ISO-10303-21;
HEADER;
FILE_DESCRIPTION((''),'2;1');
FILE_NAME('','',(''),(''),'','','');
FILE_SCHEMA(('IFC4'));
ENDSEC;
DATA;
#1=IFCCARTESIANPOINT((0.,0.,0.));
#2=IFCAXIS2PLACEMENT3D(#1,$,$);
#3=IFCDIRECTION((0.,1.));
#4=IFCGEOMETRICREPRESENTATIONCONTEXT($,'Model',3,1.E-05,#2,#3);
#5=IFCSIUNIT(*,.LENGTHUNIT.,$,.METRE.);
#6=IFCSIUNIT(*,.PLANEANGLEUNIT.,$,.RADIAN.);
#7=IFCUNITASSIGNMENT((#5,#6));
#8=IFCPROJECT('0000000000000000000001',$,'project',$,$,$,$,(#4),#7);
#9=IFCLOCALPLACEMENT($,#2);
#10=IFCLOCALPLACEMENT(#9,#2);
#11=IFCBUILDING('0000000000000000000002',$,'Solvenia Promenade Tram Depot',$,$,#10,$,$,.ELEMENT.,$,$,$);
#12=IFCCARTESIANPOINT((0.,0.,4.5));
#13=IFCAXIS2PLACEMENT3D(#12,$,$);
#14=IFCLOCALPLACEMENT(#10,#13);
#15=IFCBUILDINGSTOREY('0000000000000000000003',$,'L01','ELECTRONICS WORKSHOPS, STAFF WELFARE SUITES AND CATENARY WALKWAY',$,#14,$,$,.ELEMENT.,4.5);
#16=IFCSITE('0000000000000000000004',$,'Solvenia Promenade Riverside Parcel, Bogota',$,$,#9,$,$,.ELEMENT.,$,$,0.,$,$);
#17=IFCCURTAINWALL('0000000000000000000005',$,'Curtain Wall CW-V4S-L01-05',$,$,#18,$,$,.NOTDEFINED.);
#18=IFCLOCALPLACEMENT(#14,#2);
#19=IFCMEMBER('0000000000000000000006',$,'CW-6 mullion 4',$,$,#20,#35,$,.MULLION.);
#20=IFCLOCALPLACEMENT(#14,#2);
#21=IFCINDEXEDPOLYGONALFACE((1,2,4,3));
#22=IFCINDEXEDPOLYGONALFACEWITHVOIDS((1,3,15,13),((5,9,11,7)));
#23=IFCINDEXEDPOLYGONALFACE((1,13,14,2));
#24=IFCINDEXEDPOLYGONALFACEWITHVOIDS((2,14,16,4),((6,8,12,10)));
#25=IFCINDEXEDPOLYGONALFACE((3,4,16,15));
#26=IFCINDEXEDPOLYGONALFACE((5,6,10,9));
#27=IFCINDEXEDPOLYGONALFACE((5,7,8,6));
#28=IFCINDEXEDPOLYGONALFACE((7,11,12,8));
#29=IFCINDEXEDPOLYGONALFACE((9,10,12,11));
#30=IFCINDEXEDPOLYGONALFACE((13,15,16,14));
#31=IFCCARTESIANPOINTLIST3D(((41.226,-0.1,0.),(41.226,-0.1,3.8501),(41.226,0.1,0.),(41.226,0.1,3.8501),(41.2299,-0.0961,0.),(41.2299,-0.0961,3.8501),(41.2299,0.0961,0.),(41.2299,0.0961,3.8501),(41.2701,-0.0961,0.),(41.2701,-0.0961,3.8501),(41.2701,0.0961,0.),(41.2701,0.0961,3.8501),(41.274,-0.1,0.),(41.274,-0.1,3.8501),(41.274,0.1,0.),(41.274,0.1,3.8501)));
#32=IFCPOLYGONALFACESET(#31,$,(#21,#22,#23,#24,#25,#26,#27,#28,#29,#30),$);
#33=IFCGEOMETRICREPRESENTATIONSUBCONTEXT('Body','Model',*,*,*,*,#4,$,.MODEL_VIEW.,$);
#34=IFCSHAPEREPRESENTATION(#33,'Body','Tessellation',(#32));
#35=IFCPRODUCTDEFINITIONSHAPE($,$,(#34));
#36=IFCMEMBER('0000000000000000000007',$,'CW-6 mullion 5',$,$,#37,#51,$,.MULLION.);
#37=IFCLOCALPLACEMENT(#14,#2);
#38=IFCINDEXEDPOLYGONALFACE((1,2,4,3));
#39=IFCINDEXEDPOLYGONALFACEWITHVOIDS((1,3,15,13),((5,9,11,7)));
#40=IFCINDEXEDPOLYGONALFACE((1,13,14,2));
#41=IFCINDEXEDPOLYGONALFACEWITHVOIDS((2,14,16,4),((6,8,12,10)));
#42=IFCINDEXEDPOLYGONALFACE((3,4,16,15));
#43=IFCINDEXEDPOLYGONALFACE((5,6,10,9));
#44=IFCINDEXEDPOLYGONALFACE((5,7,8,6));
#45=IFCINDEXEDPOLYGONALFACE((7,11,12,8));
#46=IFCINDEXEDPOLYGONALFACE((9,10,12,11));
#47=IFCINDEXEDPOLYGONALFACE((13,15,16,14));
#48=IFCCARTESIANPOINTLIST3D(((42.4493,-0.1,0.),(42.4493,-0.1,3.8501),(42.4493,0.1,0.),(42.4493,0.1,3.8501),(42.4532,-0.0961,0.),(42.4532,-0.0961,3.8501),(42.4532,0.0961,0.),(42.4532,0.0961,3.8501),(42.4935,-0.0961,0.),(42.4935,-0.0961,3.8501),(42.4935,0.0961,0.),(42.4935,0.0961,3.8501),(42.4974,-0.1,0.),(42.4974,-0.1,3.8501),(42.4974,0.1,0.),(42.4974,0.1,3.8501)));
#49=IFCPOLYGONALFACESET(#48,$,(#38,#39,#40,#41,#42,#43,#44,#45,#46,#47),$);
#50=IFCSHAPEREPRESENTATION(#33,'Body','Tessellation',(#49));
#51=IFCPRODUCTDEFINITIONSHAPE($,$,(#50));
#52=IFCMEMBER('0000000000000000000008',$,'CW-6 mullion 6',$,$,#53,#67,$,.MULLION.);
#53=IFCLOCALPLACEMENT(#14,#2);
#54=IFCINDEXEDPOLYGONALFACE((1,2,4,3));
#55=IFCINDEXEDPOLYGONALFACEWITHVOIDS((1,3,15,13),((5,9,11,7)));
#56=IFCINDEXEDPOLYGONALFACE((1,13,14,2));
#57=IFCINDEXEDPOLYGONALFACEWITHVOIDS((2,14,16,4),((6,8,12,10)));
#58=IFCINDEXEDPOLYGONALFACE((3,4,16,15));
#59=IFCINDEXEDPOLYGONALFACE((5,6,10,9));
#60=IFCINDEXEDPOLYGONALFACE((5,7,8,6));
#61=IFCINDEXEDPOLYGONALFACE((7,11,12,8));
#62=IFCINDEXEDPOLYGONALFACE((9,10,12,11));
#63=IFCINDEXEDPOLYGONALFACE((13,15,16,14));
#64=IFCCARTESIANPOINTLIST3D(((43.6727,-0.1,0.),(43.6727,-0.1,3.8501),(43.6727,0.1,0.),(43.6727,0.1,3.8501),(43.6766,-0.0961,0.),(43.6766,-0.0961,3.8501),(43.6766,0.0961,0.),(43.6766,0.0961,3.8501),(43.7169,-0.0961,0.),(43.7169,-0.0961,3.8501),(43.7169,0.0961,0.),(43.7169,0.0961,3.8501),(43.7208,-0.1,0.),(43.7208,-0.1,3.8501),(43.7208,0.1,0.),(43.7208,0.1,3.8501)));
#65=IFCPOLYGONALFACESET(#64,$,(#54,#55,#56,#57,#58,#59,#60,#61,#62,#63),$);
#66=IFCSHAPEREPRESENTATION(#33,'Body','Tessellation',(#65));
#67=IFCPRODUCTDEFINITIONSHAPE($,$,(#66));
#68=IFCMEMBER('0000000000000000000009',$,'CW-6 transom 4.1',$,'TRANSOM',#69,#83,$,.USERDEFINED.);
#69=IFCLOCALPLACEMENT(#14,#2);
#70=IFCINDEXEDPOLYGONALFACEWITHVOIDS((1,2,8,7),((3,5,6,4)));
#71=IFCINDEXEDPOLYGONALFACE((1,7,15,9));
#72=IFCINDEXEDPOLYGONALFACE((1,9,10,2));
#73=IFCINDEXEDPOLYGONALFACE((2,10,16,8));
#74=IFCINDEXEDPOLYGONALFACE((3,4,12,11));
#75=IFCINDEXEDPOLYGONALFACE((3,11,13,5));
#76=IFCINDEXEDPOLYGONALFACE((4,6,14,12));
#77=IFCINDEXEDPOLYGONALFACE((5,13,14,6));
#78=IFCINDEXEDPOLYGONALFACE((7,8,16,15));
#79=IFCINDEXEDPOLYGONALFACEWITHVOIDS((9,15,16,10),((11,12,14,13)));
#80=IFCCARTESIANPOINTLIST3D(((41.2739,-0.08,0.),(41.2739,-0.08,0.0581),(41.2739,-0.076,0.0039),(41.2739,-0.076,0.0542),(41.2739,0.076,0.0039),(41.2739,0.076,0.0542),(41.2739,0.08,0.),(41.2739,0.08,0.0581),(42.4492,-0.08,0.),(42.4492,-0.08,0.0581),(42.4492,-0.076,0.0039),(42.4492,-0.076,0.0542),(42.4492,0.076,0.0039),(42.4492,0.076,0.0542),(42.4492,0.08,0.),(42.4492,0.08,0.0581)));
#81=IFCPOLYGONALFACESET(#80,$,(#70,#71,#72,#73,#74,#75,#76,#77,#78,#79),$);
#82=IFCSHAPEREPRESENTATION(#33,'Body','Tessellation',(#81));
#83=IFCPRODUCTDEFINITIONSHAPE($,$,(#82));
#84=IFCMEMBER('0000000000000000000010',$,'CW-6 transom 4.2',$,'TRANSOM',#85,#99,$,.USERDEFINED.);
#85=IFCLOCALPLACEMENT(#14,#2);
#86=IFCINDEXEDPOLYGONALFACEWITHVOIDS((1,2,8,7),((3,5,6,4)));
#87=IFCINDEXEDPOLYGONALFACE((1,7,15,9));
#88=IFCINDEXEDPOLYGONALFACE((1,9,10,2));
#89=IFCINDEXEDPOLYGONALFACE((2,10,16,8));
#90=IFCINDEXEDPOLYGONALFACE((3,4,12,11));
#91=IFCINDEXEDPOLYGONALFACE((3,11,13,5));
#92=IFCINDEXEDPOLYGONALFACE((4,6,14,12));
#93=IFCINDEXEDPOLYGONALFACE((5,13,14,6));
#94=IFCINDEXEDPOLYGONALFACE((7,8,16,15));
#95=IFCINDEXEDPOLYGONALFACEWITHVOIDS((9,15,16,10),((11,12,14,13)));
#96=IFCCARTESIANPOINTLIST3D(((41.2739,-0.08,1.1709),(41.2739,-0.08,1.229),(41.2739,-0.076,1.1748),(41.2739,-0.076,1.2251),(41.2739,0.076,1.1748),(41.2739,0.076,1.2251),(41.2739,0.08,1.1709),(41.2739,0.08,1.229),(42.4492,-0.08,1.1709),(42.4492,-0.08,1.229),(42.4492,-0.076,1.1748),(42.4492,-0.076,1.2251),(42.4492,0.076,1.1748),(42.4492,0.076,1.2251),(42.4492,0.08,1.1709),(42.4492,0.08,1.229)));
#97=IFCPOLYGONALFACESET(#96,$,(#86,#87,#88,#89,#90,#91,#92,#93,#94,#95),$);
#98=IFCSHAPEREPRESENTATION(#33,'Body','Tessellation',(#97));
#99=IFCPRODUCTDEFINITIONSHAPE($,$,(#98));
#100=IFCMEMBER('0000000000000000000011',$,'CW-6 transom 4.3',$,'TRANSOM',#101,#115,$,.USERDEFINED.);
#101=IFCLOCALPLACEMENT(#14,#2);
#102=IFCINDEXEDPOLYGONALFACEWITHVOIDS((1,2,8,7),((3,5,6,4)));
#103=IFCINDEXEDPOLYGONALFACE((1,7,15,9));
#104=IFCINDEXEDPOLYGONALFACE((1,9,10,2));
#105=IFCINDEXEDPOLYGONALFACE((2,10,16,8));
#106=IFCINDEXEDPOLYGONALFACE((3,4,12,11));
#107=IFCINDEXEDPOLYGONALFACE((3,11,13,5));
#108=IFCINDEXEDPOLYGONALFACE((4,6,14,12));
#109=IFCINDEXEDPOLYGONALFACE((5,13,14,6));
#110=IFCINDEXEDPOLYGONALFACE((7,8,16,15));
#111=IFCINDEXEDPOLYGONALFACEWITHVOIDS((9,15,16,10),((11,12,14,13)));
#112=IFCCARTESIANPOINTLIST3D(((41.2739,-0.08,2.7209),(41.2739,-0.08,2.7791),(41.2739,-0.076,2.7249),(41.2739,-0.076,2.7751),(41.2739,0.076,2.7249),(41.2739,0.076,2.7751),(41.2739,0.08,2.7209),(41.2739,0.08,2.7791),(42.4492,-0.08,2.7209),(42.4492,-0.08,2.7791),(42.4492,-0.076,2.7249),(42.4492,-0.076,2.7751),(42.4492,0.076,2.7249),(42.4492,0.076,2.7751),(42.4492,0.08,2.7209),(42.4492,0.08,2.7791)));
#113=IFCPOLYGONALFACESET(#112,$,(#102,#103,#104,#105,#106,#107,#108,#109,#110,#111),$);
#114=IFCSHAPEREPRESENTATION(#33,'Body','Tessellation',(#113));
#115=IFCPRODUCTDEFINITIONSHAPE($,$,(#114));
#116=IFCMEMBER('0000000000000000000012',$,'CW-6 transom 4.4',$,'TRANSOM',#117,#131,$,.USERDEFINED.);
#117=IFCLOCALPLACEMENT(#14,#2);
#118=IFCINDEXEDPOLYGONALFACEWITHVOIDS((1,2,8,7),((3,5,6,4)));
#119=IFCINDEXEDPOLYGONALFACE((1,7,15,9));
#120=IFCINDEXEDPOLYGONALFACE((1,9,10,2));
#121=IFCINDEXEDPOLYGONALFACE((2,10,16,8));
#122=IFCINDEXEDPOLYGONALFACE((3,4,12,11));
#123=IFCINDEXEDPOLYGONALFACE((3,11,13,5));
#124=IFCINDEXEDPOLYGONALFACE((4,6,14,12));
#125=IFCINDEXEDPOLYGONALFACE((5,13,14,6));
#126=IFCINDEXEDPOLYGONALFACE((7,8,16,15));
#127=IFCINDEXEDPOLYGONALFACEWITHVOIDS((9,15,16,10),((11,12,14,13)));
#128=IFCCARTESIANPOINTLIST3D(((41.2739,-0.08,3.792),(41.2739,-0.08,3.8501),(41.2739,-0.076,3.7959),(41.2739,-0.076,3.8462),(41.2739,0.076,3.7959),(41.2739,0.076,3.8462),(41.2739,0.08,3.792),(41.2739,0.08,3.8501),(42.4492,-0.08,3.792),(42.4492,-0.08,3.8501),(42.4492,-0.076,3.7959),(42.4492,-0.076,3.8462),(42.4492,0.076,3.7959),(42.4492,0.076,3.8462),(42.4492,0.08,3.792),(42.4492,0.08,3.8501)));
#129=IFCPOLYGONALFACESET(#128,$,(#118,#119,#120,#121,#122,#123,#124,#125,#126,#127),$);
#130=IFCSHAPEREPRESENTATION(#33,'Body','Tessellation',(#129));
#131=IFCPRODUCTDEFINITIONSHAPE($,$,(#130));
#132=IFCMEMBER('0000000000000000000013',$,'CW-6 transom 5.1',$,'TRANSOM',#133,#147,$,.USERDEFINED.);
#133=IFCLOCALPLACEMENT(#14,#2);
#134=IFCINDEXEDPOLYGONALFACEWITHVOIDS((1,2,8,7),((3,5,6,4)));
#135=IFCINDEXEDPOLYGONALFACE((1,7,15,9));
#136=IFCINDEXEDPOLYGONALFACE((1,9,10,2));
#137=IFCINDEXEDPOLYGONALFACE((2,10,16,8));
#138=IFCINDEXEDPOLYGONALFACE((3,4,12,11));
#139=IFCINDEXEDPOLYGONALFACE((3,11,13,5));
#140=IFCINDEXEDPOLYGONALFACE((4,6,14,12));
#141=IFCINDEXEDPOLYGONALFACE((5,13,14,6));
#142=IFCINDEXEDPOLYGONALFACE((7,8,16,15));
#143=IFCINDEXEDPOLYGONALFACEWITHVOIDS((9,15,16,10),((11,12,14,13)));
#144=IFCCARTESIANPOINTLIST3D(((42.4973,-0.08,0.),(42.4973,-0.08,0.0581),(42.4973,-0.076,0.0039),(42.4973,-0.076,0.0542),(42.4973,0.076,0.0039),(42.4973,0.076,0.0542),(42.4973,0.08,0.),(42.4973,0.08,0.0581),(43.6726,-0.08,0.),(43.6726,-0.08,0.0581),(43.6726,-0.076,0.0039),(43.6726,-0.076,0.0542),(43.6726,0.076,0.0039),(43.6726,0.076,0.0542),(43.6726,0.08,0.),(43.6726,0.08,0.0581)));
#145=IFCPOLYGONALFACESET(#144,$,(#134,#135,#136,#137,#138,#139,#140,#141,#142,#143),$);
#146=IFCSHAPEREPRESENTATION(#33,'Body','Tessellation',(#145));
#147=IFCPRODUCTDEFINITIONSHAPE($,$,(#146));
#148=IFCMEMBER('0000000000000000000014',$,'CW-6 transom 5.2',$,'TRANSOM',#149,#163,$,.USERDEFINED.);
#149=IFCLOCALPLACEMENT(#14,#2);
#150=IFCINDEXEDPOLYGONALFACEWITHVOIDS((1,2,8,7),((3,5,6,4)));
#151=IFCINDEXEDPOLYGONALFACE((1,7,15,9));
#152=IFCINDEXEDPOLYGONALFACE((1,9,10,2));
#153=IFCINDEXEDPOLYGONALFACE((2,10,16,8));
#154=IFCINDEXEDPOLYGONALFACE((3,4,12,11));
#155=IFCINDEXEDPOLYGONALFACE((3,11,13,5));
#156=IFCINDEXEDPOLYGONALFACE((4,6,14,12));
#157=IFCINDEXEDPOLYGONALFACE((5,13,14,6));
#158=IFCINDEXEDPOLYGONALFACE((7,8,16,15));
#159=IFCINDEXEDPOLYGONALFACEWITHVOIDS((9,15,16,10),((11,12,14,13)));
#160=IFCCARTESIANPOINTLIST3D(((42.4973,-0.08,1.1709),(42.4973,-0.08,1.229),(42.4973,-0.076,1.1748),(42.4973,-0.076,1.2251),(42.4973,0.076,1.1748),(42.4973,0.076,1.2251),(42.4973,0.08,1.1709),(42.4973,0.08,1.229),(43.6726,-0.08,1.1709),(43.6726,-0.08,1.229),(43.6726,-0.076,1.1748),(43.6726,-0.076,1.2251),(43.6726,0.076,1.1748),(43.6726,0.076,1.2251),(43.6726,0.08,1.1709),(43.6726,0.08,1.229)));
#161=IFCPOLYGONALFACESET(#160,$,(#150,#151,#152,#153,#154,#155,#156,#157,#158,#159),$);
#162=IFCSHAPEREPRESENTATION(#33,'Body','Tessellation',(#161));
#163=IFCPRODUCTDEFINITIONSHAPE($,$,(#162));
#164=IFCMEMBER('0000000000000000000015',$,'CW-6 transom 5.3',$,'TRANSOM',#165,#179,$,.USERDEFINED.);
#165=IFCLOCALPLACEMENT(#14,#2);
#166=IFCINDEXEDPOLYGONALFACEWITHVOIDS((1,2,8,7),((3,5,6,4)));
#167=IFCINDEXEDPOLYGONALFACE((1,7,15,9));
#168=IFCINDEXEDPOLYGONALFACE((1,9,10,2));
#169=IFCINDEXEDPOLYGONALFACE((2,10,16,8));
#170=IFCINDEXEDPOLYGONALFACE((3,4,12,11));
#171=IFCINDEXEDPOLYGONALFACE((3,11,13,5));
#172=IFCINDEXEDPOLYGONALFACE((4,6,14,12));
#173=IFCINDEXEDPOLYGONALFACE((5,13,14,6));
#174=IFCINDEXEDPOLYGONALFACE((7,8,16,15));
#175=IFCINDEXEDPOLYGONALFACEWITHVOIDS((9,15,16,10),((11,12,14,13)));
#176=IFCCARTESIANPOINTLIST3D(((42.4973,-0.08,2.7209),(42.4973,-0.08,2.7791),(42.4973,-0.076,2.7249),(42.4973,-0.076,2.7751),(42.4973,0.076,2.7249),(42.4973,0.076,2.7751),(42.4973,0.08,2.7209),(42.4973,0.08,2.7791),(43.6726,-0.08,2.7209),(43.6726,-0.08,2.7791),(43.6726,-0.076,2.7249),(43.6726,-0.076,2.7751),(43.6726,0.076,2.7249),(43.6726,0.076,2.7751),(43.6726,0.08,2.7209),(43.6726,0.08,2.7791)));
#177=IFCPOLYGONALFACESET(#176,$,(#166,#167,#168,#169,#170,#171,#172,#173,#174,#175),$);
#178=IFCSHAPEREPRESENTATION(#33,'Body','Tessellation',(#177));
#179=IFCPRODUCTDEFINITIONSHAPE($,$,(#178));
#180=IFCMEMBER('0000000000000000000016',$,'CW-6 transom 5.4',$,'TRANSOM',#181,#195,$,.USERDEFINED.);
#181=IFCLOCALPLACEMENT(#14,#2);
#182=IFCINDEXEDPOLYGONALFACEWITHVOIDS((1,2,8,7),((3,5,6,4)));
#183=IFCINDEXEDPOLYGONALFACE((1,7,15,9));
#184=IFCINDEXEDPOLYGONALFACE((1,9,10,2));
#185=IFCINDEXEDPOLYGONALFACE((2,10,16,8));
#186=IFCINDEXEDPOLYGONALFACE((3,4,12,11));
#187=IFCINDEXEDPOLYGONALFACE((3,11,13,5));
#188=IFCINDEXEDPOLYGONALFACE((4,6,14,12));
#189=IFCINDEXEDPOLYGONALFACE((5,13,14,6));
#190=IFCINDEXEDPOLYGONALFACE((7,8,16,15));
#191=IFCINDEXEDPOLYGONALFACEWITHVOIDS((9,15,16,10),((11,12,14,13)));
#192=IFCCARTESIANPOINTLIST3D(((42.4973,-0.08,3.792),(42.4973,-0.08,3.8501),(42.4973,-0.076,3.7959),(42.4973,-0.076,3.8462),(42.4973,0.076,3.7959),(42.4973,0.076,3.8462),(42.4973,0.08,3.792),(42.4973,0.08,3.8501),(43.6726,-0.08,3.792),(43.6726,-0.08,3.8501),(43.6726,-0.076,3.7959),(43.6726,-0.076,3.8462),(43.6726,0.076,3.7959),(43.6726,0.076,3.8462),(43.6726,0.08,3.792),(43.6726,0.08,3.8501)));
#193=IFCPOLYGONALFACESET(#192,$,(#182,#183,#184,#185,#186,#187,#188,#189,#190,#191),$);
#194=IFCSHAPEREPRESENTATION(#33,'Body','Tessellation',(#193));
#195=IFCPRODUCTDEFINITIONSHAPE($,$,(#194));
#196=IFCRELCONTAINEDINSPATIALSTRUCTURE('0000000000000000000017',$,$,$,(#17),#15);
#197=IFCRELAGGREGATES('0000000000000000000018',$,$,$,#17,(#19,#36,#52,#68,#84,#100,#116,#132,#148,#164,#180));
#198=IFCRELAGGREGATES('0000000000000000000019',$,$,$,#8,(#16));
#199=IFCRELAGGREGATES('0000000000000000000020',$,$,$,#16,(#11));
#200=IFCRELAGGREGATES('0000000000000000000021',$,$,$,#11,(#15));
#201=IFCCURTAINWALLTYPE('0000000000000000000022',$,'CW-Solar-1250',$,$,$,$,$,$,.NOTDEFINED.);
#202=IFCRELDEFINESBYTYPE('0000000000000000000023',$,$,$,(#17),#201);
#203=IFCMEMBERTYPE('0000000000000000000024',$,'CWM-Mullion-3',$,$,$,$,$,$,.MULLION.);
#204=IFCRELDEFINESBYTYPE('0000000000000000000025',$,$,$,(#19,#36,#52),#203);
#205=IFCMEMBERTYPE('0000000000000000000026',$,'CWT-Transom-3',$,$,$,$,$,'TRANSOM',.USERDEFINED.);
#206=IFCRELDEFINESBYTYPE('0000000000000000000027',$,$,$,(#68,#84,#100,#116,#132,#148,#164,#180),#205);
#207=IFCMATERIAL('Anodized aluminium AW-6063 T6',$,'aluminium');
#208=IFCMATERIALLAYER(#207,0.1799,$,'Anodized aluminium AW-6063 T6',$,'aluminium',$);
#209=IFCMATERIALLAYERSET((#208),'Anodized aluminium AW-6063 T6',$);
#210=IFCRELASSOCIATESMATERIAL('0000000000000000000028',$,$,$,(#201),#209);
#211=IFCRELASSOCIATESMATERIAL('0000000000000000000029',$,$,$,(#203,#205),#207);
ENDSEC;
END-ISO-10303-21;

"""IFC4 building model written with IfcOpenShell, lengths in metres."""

from ifc_helpers import new_model, si_unit, direction, frame, origin, origin_2d, place, context, subcontext, project, spatial, hollow_rectangle, extrude, material, layer, layer_set, material_profile, profile_set, type_object, element, aggregate, save


model = new_model("IFC4")

# Units and contexts
model_context = context("Model", 3, precision=1e-05, world=origin(), true_north=direction((0.0, 1.0)))
body_context = subcontext(model_context, "Body", "Model", "MODEL_VIEW")
ifc_project = project(units=[si_unit("LENGTHUNIT", "METRE"), si_unit("PLANEANGLEUNIT", "RADIAN")], contexts=[model_context])

# Site, building, storey
site_placement = place(None, origin())
site = spatial("IfcSite", under=ifc_project, at=site_placement, Name="Solvenia Promenade Riverside Parcel, Bogota", CompositionType="ELEMENT", RefElevation=0.0)
building_placement = place(site_placement, origin())
building = spatial("IfcBuilding", under=site, at=building_placement, Name="Solvenia Promenade Tram Depot", CompositionType="ELEMENT")
storey_placement = place(building_placement, frame((0.0, 0.0, 4.5)))
storey = spatial("IfcBuildingStorey", under=building, at=storey_placement, Name="L01", Description="ELECTRONICS WORKSHOPS, STAFF WELFARE SUITES AND CATENARY WALKWAY", CompositionType="ELEMENT", Elevation=4.5)

# Curtain wall, members
ifc_material_1 = material(Name="Anodized aluminium AW-6063 T6", Category="aluminium")
ifc_layer_1 = layer(ifc_material_1, 0.1799, Name="Anodized aluminium AW-6063 T6", Category="aluminium")
ifc_layer_set_1 = layer_set([ifc_layer_1], Name="Anodized aluminium AW-6063 T6")
curtain_wall_type = type_object("IfcCurtainWallType", Name="CW-Solar-1250", PredefinedType="NOTDEFINED", material=ifc_layer_set_1)
curtain_wall_placement = place(storey_placement, origin())
curtain_wall = element("IfcCurtainWall", 1, at=curtain_wall_placement, inside=storey, type_object=curtain_wall_type, Name="Curtain Wall CW-V4S-L01-05", PredefinedType="NOTDEFINED")
ifc_material_profile_1 = material_profile(ifc_material_1, hollow_rectangle(XDim=0.2, YDim=0.0481, WallThickness=0.0039, at=origin_2d()), Name="ALU-M3", Category="aluminium")
ifc_profile_set_1 = profile_set([ifc_material_profile_1], Name="Anodized aluminium AW-6063 T6")
member_type_1 = type_object("IfcMemberType", Name="CWM-Mullion-3", PredefinedType="MULLION", material=ifc_profile_set_1)
member_1_placement = place(storey_placement, frame((41.25, 0.0, 0.0), z_axis=(0.0, 0.0, 1.0), x_axis=(0.0, 1.0, 0.0)))
member_1 = element("IfcMember", 2, at=member_1_placement, type_object=member_type_1, Name="CW-6 mullion 4", PredefinedType="MULLION", context=body_context, shape_type="SweptSolid", body=[
    extrude(hollow_rectangle(XDim=0.2, YDim=0.0481, WallThickness=0.0039, at=origin_2d()), origin(), (0.0, 0.0, 1.0), 3.8501),
])
member_2_placement = place(storey_placement, frame((42.4734, 0.0, 0.0), z_axis=(0.0, 0.0, 1.0), x_axis=(0.0, 1.0, 0.0)))
member_2 = element("IfcMember", 3, at=member_2_placement, type_object=member_type_1, Name="CW-6 mullion 5", PredefinedType="MULLION", context=body_context, shape_type="SweptSolid", body=[
    extrude(hollow_rectangle(XDim=0.2, YDim=0.0481, WallThickness=0.0039, at=origin_2d()), origin(), (0.0, 0.0, 1.0), 3.8501),
])
member_3_placement = place(storey_placement, frame((43.6968, 0.0, 0.0), z_axis=(0.0, 0.0, 1.0), x_axis=(0.0, 1.0, 0.0)))
member_3 = element("IfcMember", 4, at=member_3_placement, type_object=member_type_1, Name="CW-6 mullion 6", PredefinedType="MULLION", context=body_context, shape_type="SweptSolid", body=[
    extrude(hollow_rectangle(XDim=0.2, YDim=0.0481, WallThickness=0.0039, at=origin_2d()), origin(), (0.0, 0.0, 1.0), 3.8501),
])
ifc_material_profile_2 = material_profile(ifc_material_1, hollow_rectangle(XDim=0.1599, YDim=0.0581, WallThickness=0.0039, at=origin_2d()), Name="ALU-T3", Category="aluminium")
ifc_profile_set_2 = profile_set([ifc_material_profile_2], Name="Anodized aluminium AW-6063 T6")
member_type_2 = type_object("IfcMemberType", Name="CWT-Transom-3", ElementType="TRANSOM", PredefinedType="USERDEFINED", material=ifc_profile_set_2)
member_4_placement = place(storey_placement, frame((41.2739, 0.0, 0.0291), z_axis=(1.0, 0.0, 0.0), x_axis=(0.0, 1.0, 0.0)))
member_4 = element("IfcMember", 5, at=member_4_placement, type_object=member_type_2, Name="CW-6 transom 4.1", ObjectType="TRANSOM", PredefinedType="USERDEFINED", context=body_context, shape_type="SweptSolid", body=[
    extrude(hollow_rectangle(XDim=0.1599, YDim=0.0581, WallThickness=0.0039, at=origin_2d()), origin(), (0.0, 0.0, 1.0), 1.1753),
])
member_5_placement = place(storey_placement, frame((41.2739, 0.0, 1.2), z_axis=(1.0, 0.0, 0.0), x_axis=(0.0, 1.0, 0.0)))
member_5 = element("IfcMember", 6, at=member_5_placement, type_object=member_type_2, Name="CW-6 transom 4.2", ObjectType="TRANSOM", PredefinedType="USERDEFINED", context=body_context, shape_type="SweptSolid", body=[
    extrude(hollow_rectangle(XDim=0.1599, YDim=0.0581, WallThickness=0.0039, at=origin_2d()), origin(), (0.0, 0.0, 1.0), 1.1753),
])
member_6_placement = place(storey_placement, frame((41.2739, 0.0, 2.75), z_axis=(1.0, 0.0, 0.0), x_axis=(0.0, 1.0, 0.0)))
member_6 = element("IfcMember", 7, at=member_6_placement, type_object=member_type_2, Name="CW-6 transom 4.3", ObjectType="TRANSOM", PredefinedType="USERDEFINED", context=body_context, shape_type="SweptSolid", body=[
    extrude(hollow_rectangle(XDim=0.1599, YDim=0.0581, WallThickness=0.0039, at=origin_2d()), origin(), (0.0, 0.0, 1.0), 1.1753),
])
member_7_placement = place(storey_placement, frame((41.2739, 0.0, 3.821), z_axis=(1.0, 0.0, 0.0), x_axis=(0.0, 1.0, 0.0)))
member_7 = element("IfcMember", 8, at=member_7_placement, type_object=member_type_2, Name="CW-6 transom 4.4", ObjectType="TRANSOM", PredefinedType="USERDEFINED", context=body_context, shape_type="SweptSolid", body=[
    extrude(hollow_rectangle(XDim=0.1599, YDim=0.0581, WallThickness=0.0039, at=origin_2d()), origin(), (0.0, 0.0, 1.0), 1.1753),
])
member_8_placement = place(storey_placement, frame((42.4973, 0.0, 0.0291), z_axis=(1.0, 0.0, 0.0), x_axis=(0.0, 1.0, 0.0)))
member_8 = element("IfcMember", 9, at=member_8_placement, type_object=member_type_2, Name="CW-6 transom 5.1", ObjectType="TRANSOM", PredefinedType="USERDEFINED", context=body_context, shape_type="SweptSolid", body=[
    extrude(hollow_rectangle(XDim=0.1599, YDim=0.0581, WallThickness=0.0039, at=origin_2d()), origin(), (0.0, 0.0, 1.0), 1.1753),
])
member_9_placement = place(storey_placement, frame((42.4973, 0.0, 1.2), z_axis=(1.0, 0.0, 0.0), x_axis=(0.0, 1.0, 0.0)))
member_9 = element("IfcMember", 10, at=member_9_placement, type_object=member_type_2, Name="CW-6 transom 5.2", ObjectType="TRANSOM", PredefinedType="USERDEFINED", context=body_context, shape_type="SweptSolid", body=[
    extrude(hollow_rectangle(XDim=0.1599, YDim=0.0581, WallThickness=0.0039, at=origin_2d()), origin(), (0.0, 0.0, 1.0), 1.1753),
])
member_10_placement = place(storey_placement, frame((42.4973, 0.0, 2.75), z_axis=(1.0, 0.0, 0.0), x_axis=(0.0, 1.0, 0.0)))
member_10 = element("IfcMember", 11, at=member_10_placement, type_object=member_type_2, Name="CW-6 transom 5.3", ObjectType="TRANSOM", PredefinedType="USERDEFINED", context=body_context, shape_type="SweptSolid", body=[
    extrude(hollow_rectangle(XDim=0.1599, YDim=0.0581, WallThickness=0.0039, at=origin_2d()), origin(), (0.0, 0.0, 1.0), 1.1753),
])
member_11_placement = place(storey_placement, frame((42.4973, 0.0, 3.821), z_axis=(1.0, 0.0, 0.0), x_axis=(0.0, 1.0, 0.0)))
member_11 = element("IfcMember", 12, at=member_11_placement, type_object=member_type_2, Name="CW-6 transom 5.4", ObjectType="TRANSOM", PredefinedType="USERDEFINED", context=body_context, shape_type="SweptSolid", body=[
    extrude(hollow_rectangle(XDim=0.1599, YDim=0.0581, WallThickness=0.0039, at=origin_2d()), origin(), (0.0, 0.0, 1.0), 1.1753),
])
aggregate(curtain_wall, [member_1, member_2, member_3, member_4, member_5, member_6, member_7, member_8, member_9, member_10, member_11])

save(model, "model.ifc")
